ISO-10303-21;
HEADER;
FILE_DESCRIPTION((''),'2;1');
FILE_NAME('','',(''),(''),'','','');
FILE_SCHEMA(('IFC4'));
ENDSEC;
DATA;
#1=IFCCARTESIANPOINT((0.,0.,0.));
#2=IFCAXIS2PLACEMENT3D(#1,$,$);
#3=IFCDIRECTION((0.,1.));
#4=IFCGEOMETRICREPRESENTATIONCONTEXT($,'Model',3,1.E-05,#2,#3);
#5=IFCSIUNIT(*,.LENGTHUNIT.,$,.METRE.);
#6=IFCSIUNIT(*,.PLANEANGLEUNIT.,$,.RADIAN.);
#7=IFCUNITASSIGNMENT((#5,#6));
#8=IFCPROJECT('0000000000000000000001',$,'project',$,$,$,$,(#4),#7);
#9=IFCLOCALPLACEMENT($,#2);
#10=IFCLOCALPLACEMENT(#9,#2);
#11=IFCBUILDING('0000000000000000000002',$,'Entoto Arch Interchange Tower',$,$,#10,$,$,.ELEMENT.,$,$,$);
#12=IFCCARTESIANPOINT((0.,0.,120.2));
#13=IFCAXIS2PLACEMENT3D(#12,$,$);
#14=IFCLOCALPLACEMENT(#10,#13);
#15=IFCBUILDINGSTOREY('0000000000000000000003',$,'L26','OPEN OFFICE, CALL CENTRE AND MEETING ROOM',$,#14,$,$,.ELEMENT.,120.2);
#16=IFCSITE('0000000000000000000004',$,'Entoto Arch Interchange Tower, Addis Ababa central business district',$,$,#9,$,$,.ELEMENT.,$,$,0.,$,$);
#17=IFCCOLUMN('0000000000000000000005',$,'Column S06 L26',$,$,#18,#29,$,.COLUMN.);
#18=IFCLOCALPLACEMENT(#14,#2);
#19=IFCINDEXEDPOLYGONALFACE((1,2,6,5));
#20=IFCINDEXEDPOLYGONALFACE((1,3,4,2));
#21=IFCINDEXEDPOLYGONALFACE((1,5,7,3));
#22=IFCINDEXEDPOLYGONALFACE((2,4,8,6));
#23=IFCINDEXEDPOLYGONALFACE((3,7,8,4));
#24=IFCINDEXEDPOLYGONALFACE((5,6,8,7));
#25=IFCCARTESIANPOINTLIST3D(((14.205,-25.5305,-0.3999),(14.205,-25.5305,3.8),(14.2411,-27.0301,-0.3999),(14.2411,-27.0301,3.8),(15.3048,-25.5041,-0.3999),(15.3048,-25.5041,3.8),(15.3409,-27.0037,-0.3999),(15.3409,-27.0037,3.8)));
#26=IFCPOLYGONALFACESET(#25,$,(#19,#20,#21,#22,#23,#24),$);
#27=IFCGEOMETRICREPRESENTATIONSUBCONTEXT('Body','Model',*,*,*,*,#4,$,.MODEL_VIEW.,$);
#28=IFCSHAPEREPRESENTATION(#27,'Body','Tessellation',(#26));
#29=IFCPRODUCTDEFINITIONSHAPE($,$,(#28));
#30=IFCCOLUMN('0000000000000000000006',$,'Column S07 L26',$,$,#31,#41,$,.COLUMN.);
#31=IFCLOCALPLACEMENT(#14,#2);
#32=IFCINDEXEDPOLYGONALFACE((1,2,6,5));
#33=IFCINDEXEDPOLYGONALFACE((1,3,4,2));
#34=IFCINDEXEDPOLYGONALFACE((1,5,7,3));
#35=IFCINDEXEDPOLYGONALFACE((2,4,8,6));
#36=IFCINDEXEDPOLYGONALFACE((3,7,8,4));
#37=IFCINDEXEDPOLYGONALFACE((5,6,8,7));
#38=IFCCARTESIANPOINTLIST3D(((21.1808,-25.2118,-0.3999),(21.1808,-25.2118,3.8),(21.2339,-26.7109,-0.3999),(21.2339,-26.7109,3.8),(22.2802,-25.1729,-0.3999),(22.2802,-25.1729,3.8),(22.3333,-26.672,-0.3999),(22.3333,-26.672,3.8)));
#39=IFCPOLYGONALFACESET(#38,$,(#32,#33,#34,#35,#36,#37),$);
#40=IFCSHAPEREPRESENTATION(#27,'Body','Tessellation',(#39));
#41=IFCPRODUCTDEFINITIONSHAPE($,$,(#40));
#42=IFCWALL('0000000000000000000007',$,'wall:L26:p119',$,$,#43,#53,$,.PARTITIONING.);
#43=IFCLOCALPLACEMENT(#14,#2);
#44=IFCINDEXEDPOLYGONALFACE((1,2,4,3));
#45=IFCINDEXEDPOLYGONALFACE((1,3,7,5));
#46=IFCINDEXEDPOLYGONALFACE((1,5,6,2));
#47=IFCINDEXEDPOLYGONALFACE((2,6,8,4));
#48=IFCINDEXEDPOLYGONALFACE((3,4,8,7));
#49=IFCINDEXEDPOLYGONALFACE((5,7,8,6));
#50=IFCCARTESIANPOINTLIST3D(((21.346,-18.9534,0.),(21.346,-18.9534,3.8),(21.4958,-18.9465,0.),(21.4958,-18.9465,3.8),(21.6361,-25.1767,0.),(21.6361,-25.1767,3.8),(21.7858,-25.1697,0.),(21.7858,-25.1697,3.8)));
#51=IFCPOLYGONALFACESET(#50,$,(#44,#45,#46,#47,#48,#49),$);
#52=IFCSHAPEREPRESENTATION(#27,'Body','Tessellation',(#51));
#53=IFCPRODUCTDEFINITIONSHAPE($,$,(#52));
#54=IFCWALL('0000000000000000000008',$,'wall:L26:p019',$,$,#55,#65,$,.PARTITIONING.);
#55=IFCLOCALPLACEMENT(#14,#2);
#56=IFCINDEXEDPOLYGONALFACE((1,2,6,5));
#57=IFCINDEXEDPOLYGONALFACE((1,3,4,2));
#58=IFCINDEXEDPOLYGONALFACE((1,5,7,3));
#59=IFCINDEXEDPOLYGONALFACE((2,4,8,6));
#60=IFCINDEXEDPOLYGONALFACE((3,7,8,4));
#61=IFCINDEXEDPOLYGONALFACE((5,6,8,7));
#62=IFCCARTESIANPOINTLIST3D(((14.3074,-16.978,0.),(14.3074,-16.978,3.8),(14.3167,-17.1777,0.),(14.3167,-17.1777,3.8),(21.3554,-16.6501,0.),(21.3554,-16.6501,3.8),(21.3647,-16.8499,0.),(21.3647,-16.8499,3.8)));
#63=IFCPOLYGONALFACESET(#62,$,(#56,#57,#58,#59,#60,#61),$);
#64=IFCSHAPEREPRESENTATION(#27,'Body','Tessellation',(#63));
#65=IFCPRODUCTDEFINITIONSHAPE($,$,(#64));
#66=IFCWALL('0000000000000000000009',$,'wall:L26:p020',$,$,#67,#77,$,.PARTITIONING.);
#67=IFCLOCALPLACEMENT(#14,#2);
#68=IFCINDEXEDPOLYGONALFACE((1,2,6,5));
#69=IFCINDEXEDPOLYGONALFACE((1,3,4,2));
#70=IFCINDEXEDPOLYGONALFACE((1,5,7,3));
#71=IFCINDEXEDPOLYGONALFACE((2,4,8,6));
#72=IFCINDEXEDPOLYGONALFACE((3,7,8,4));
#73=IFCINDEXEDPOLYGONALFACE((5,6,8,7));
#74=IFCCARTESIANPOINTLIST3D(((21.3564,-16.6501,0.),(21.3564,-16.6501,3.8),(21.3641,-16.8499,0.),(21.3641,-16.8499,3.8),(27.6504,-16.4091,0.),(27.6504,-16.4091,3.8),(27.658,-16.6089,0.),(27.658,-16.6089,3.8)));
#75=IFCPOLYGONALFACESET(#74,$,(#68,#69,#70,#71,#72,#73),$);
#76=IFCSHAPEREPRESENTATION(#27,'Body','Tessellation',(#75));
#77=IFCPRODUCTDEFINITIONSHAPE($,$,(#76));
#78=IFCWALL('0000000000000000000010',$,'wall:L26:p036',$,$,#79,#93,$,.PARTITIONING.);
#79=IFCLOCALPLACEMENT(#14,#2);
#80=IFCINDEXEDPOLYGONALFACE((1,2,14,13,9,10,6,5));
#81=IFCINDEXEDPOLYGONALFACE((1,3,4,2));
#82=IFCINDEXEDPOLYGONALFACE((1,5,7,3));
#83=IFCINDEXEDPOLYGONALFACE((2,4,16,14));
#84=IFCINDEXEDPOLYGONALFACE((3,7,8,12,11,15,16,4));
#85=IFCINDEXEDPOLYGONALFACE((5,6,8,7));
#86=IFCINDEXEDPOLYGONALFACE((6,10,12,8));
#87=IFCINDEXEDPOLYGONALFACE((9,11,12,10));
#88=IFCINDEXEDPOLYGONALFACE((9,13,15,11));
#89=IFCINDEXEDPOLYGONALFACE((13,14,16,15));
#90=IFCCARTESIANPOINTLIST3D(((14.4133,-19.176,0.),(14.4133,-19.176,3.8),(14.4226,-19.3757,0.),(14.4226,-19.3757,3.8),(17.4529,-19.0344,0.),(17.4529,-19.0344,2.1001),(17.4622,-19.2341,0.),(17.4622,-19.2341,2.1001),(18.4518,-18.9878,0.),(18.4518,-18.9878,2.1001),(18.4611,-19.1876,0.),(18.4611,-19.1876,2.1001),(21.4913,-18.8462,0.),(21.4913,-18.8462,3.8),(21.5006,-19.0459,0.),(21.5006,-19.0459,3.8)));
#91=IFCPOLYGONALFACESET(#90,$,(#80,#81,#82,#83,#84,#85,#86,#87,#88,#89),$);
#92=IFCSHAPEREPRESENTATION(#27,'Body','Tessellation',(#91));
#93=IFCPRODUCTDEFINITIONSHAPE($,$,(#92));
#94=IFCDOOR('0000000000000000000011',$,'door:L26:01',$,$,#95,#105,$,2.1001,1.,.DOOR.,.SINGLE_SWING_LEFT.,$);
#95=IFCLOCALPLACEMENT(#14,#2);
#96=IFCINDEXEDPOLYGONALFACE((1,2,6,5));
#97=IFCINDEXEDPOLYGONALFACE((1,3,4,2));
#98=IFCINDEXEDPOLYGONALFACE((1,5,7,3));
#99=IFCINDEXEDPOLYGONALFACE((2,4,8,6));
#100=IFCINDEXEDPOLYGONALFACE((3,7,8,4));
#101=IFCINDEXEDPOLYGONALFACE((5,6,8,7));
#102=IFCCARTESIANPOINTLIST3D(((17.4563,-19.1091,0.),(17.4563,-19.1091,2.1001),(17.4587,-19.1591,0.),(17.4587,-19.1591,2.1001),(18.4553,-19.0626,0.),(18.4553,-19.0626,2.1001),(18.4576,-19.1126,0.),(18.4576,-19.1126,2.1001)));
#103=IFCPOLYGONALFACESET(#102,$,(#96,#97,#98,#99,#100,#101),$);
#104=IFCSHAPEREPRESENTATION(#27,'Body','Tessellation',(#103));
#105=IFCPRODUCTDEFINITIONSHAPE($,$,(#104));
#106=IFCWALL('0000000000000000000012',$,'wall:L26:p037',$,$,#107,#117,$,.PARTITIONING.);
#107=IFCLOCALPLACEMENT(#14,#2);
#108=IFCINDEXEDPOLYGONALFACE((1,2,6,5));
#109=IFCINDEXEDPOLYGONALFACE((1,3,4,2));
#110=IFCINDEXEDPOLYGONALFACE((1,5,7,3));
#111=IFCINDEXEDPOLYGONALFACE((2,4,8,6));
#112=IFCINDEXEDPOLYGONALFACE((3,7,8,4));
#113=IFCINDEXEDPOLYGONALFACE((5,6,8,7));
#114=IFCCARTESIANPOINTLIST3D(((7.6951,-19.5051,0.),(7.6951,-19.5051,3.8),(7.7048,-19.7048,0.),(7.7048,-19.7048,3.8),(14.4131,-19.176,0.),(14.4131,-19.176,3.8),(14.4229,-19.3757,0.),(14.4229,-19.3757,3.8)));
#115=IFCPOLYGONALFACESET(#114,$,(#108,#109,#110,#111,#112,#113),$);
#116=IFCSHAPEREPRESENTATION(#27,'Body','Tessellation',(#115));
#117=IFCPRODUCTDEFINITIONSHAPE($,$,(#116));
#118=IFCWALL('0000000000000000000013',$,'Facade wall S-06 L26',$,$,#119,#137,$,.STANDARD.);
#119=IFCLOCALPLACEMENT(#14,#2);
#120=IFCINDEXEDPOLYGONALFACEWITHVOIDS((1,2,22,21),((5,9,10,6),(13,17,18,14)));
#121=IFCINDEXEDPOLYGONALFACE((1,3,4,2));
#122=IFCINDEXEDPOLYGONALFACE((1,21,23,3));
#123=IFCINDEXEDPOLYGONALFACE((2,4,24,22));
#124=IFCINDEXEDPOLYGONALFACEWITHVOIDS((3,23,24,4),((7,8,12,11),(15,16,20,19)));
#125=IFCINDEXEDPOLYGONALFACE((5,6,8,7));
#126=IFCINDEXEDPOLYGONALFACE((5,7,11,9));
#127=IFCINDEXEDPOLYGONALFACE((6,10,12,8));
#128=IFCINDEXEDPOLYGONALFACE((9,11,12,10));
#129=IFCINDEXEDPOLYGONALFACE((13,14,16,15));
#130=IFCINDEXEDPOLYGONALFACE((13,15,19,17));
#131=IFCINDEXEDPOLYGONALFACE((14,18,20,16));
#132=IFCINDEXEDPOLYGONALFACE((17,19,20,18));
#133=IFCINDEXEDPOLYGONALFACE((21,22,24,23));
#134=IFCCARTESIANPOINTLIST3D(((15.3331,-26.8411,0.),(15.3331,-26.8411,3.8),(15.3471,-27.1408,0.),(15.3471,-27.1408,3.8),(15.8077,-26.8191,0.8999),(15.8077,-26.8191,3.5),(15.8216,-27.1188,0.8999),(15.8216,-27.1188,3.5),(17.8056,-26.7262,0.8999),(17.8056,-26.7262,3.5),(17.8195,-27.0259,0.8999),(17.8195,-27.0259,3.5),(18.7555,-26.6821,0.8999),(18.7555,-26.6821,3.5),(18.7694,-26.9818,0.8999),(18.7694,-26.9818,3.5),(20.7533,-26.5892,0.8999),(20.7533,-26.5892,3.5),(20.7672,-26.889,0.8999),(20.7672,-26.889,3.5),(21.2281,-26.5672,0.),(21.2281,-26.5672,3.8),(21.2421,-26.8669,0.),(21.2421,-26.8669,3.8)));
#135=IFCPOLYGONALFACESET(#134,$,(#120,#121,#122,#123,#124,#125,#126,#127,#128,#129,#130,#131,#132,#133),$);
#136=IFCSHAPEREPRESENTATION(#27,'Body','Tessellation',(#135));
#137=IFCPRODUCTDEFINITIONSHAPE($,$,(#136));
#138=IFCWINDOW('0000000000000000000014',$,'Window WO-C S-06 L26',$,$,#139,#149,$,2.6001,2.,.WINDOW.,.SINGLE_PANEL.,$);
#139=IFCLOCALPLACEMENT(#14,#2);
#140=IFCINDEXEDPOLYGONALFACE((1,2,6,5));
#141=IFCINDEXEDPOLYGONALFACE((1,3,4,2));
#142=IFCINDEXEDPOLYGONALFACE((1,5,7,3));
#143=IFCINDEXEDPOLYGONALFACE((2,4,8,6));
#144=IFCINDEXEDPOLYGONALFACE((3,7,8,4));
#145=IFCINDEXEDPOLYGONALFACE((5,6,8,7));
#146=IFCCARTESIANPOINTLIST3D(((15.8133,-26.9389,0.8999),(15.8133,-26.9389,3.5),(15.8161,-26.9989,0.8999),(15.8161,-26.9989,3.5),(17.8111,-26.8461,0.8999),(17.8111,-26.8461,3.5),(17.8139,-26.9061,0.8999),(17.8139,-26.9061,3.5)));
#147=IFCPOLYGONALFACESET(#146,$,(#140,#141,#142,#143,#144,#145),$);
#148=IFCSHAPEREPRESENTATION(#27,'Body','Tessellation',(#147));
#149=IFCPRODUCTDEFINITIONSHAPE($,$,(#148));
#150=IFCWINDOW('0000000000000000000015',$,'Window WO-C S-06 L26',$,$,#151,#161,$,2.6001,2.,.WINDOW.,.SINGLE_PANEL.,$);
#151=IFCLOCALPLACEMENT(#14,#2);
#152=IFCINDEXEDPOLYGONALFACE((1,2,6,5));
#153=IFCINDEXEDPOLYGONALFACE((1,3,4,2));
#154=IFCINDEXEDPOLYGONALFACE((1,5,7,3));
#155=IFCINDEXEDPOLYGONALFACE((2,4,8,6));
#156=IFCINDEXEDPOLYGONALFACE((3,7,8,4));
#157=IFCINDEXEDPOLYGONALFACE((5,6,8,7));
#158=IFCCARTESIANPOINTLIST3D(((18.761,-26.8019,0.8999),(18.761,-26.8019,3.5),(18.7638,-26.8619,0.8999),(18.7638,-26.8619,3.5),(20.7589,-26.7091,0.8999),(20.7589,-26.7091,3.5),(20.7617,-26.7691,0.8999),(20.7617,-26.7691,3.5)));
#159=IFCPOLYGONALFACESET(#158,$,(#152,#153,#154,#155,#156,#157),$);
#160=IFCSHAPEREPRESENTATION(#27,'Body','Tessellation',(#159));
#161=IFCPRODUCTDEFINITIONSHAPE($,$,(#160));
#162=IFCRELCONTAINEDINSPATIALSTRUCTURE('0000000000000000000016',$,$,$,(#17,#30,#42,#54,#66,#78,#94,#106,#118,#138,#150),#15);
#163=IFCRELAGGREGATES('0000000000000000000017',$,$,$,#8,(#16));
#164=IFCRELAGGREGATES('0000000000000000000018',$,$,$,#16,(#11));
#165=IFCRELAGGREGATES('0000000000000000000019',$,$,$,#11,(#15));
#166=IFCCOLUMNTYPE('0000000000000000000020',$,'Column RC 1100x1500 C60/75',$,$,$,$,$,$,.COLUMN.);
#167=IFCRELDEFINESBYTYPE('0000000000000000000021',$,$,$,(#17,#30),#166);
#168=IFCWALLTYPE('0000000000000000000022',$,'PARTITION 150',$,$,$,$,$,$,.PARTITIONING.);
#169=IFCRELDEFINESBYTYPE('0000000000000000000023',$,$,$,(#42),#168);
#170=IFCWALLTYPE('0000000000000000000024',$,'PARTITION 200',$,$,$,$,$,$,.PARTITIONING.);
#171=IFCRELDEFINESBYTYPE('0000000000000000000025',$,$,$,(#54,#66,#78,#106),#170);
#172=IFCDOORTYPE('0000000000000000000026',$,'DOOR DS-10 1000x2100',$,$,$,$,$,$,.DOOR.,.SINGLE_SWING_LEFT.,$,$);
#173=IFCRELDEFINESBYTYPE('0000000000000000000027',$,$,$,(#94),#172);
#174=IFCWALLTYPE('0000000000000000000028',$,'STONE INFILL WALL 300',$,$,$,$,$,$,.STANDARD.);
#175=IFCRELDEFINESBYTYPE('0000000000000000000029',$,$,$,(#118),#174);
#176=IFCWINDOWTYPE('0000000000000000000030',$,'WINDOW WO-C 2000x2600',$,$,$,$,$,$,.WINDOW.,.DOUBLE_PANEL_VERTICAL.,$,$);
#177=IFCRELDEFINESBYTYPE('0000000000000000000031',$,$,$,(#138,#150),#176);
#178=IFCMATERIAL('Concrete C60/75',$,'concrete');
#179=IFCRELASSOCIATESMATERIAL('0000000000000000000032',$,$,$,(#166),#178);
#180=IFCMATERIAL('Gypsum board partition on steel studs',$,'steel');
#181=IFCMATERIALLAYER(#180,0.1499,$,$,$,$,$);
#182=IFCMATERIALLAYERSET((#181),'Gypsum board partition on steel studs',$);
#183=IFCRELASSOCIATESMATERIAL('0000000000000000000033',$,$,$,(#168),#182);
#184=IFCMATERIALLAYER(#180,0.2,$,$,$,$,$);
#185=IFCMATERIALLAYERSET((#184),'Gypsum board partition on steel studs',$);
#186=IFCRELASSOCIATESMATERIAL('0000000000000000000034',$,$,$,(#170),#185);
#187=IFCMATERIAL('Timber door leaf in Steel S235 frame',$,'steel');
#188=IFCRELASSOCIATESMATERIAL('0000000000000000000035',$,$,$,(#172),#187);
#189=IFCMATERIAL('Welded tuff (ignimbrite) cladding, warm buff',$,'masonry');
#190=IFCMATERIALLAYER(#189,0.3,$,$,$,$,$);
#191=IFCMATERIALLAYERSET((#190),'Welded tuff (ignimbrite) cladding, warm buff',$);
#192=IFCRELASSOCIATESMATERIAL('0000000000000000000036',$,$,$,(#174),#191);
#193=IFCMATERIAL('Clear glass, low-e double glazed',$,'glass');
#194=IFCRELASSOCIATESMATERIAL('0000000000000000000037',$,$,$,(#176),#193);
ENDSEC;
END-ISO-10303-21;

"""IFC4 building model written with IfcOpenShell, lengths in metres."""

from ifc_helpers import new_model, si_unit, direction, frame, frame_2d, origin, origin_2d, place, context, subcontext, project, spatial, rectangle, extrude, material, layer, layer_set, material_profile, profile_set, type_object, element, fill, save


model = new_model("IFC4")

# Units and contexts
model_context = context("Model", 3, precision=1e-05, world=origin(), true_north=direction((0.0, 1.0)))
body_context = subcontext(model_context, "Body", "Model", "MODEL_VIEW")
ifc_project = project(units=[si_unit("LENGTHUNIT", "METRE"), si_unit("PLANEANGLEUNIT", "RADIAN")], contexts=[model_context])

# Site, building, storey
site_placement = place(None, origin())
site = spatial("IfcSite", under=ifc_project, at=site_placement, Name="Entoto Arch Interchange Tower, Addis Ababa central business district", CompositionType="ELEMENT", RefElevation=0.0)
building_placement = place(site_placement, origin())
building = spatial("IfcBuilding", under=site, at=building_placement, Name="Entoto Arch Interchange Tower", CompositionType="ELEMENT")
storey_placement = place(building_placement, frame((0.0, 0.0, 120.2)))
storey = spatial("IfcBuildingStorey", under=building, at=storey_placement, Name="L26", Description="OPEN OFFICE, CALL CENTRE AND MEETING ROOM", CompositionType="ELEMENT", Elevation=120.2)

# Columns
ifc_material_1 = material(Name="Concrete C60/75", Category="concrete")
ifc_material_profile_1 = material_profile(ifc_material_1, rectangle(XDim=1.1001, YDim=1.5, at=origin_2d()))
ifc_profile_set_1 = profile_set([ifc_material_profile_1], Name="Concrete C60/75")
column_type = type_object("IfcColumnType", Name="Column RC 1100x1500 C60/75", PredefinedType="COLUMN", material=ifc_profile_set_1)
for number, where, z_axis, x_axis, name in (
    (1, (14.7729, -26.2671, -0.3999), (0.0, 0.0, 1.0), (0.999711, 0.024031, 0.0), "Column S06 L26"),
    (2, (21.7571, -25.9419, -0.3999), (0.0, 0.0, 1.0), (0.999374, 0.035388, 0.0), "Column S07 L26"),
):
    element("IfcColumn", number, at=place(storey_placement, frame(where, z_axis=z_axis, x_axis=x_axis)), inside=storey, type_object=column_type, Name=name, PredefinedType="COLUMN", context=body_context, shape_type="SweptSolid", body=[
        extrude(rectangle(XDim=1.1001, YDim=1.5, at=origin_2d()), origin(), (0.0, 0.0, 1.0), 4.2),
    ])

# Walls
ifc_material_2 = material(Name="Gypsum board partition on steel studs", Category="steel")
ifc_layer_1 = layer(ifc_material_2, 0.1499)
ifc_layer_set_1 = layer_set([ifc_layer_1], Name="Gypsum board partition on steel studs")
wall_type_1 = type_object("IfcWallType", Name="PARTITION 150", PredefinedType="PARTITIONING", material=ifc_layer_set_1)
wall_1_placement = place(storey_placement, frame((21.4209, -18.95, 0.0), z_axis=(0.0, 0.0, 1.0), x_axis=(0.046556, -0.998916, 0.0)))
element("IfcWall", 3, at=wall_1_placement, inside=storey, type_object=wall_type_1, Name="wall:L26:p119", PredefinedType="PARTITIONING", context=body_context, shape_type="SweptSolid", body=[
    extrude(rectangle(XDim=6.23, YDim=0.1499, at=frame_2d((3.115, 0.0))), origin(), (0.0, 0.0, 1.0), 3.8),
])
ifc_layer_2 = layer(ifc_material_2, 0.2)
ifc_layer_set_2 = layer_set([ifc_layer_2], Name="Gypsum board partition on steel studs")
wall_type_2 = type_object("IfcWallType", Name="PARTITION 200", PredefinedType="PARTITIONING", material=ifc_layer_set_2)
wall_2_placement = place(storey_placement, frame((14.312, -17.0779, 0.0), z_axis=(0.0, 0.0, 1.0), x_axis=(0.99892, 0.04647, 0.0)))
element("IfcWall", 4, at=wall_2_placement, inside=storey, type_object=wall_type_2, Name="wall:L26:p019", PredefinedType="PARTITIONING", context=body_context, shape_type="SweptSolid", body=[
    extrude(rectangle(XDim=7.0557, YDim=0.2, at=frame_2d((3.5278, 0.0))), origin(), (0.0, 0.0, 1.0), 3.8),
])
wall_3_placement = place(storey_placement, frame((21.3601, -16.75, 0.0), z_axis=(0.0, 0.0, 1.0), x_axis=(0.999268, 0.038257, 0.0)))
element("IfcWall", 5, at=wall_3_placement, inside=storey, type_object=wall_type_2, Name="wall:L26:p020", PredefinedType="PARTITIONING", context=body_context, shape_type="SweptSolid", body=[
    extrude(rectangle(XDim=6.2986, YDim=0.2, at=frame_2d((3.1494, 0.0))), origin(), (0.0, 0.0, 1.0), 3.8),
])

# Wall, opening, door
wall_4_placement = place(storey_placement, frame((21.4961, -18.946, 0.0), z_axis=(0.0, 0.0, 1.0), x_axis=(-0.998916, -0.046549, 0.0)))
wall_4 = element("IfcWall", 6, at=wall_4_placement, inside=storey, type_object=wall_type_2, Name="wall:L26:p036", PredefinedType="PARTITIONING", context=body_context, shape_type="SweptSolid", body=[
    extrude(rectangle(XDim=7.0857, YDim=0.2, at=frame_2d((3.543, 0.0))), origin(), (0.0, 0.0, 1.0), 3.8),
])
opening_1_placement = place(wall_4_placement, frame((3.043, 0.0, 0.0)))
opening_1 = element("IfcOpeningElement", 7, at=opening_1_placement, cuts=wall_4, PredefinedType="OPENING", context=body_context, shape_type="SweptSolid", body=[
    extrude(rectangle(XDim=1.0, YDim=2.1001, at=frame_2d((0.5, 1.05))), frame((0.0, 0.1099, 0.0), z_axis=(0.0, -1.0, 0.0), x_axis=(1.0, 0.0, 0.0)), (0.0, 0.0, 1.0), 0.22),
])
ifc_material_3 = material(Name="Timber door leaf in Steel S235 frame", Category="steel")
door_type = type_object("IfcDoorType", Name="DOOR DS-10 1000x2100", OperationType="SINGLE_SWING_LEFT", PredefinedType="DOOR", material=ifc_material_3)
door_placement = place(opening_1_placement, origin())
door = element("IfcDoor", 8, at=door_placement, inside=storey, type_object=door_type, Name="door:L26:01", OperationType="SINGLE_SWING_LEFT", OverallHeight=2.1001, OverallWidth=1.0, PredefinedType="DOOR", context=body_context, shape_type="SweptSolid", body=[
    extrude(rectangle(XDim=1.0, YDim=2.1001, at=frame_2d((0.5, 1.05))), frame((0.0, 0.0249, 0.0), z_axis=(0.0, -1.0, 0.0), x_axis=(1.0, 0.0, 0.0)), (0.0, 0.0, 1.0), 0.05),
])
fill(opening_1, door)

# Wall
wall_5_placement = place(storey_placement, frame((14.418, -19.2759, 0.0), z_axis=(0.0, 0.0, 1.0), x_axis=(-0.998802, -0.048929, 0.0)))
element("IfcWall", 9, at=wall_5_placement, inside=storey, type_object=wall_type_2, Name="wall:L26:p037", PredefinedType="PARTITIONING", context=body_context, shape_type="SweptSolid", body=[
    extrude(rectangle(XDim=6.7261, YDim=0.2, at=frame_2d((3.363, 0.0))), origin(), (0.0, 0.0, 1.0), 3.8),
])

# Wall, openings, windows
ifc_material_4 = material(Name="Welded tuff (ignimbrite) cladding, warm buff", Category="masonry")
ifc_layer_3 = layer(ifc_material_4, 0.3)
ifc_layer_set_3 = layer_set([ifc_layer_3], Name="Welded tuff (ignimbrite) cladding, warm buff")
wall_type_3 = type_object("IfcWallType", Name="STONE INFILL WALL 300", PredefinedType="STANDARD", material=ifc_layer_set_3)
wall_6_placement = place(storey_placement, frame((15.3401, -26.991, 0.0), z_axis=(0.0, 0.0, 1.0), x_axis=(0.998922, 0.046417, 0.0)))
wall_6 = element("IfcWall", 10, at=wall_6_placement, inside=storey, type_object=wall_type_3, Name="Facade wall S-06 L26", PredefinedType="STANDARD", context=body_context, shape_type="SweptSolid", body=[
    extrude(rectangle(XDim=5.9014, YDim=0.3, at=frame_2d((2.9507, 0.0))), origin(), (0.0, 0.0, 1.0), 3.8),
])
opening_2_placement = place(wall_6_placement, frame((0.4751, 0.0, 0.8999)))
opening_2 = element("IfcOpeningElement", 11, at=opening_2_placement, cuts=wall_6, PredefinedType="OPENING", context=body_context, shape_type="SweptSolid", body=[
    extrude(rectangle(XDim=2.0, YDim=2.6001, at=frame_2d((1.0, 1.3))), frame((0.0, 0.1602, 0.0), z_axis=(0.0, -1.0, 0.0), x_axis=(1.0, 0.0, 0.0)), (0.0, 0.0, 1.0), 0.3201),
])
opening_3_placement = place(wall_6_placement, frame((3.426, 0.0, 0.8999)))
opening_3 = element("IfcOpeningElement", 12, at=opening_3_placement, cuts=wall_6, PredefinedType="OPENING", context=body_context, shape_type="SweptSolid", body=[
    extrude(rectangle(XDim=2.0, YDim=2.6001, at=frame_2d((1.0, 1.3))), frame((0.0, 0.1602, 0.0), z_axis=(0.0, -1.0, 0.0), x_axis=(1.0, 0.0, 0.0)), (0.0, 0.0, 1.0), 0.3201),
])
ifc_material_5 = material(Name="Clear glass, low-e double glazed", Category="glass")
window_type = type_object("IfcWindowType", Name="WINDOW WO-C 2000x2600", PartitioningType="DOUBLE_PANEL_VERTICAL", PredefinedType="WINDOW", material=ifc_material_5)
window_1_placement = place(opening_2_placement, origin())
window_1 = element("IfcWindow", 13, at=window_1_placement, inside=storey, type_object=window_type, Name="Window WO-C S-06 L26", OverallHeight=2.6001, OverallWidth=2.0, PartitioningType="SINGLE_PANEL", PredefinedType="WINDOW", context=body_context, shape_type="SweptSolid", body=[
    extrude(rectangle(XDim=2.0, YDim=2.6001, at=frame_2d((1.0, 1.3))), frame((0.0, 0.03, 0.0), z_axis=(0.0, -1.0, 0.0), x_axis=(1.0, 0.0, 0.0)), (0.0, 0.0, 1.0), 0.0601),
])
fill(opening_2, window_1)
window_2_placement = place(opening_3_placement, origin())
window_2 = element("IfcWindow", 14, at=window_2_placement, inside=storey, type_object=window_type, Name="Window WO-C S-06 L26", OverallHeight=2.6001, OverallWidth=2.0, PartitioningType="SINGLE_PANEL", PredefinedType="WINDOW", context=body_context, shape_type="SweptSolid", body=[
    extrude(rectangle(XDim=2.0, YDim=2.6001, at=frame_2d((1.0, 1.3))), frame((0.0, 0.03, 0.0), z_axis=(0.0, -1.0, 0.0), x_axis=(1.0, 0.0, 0.0)), (0.0, 0.0, 1.0), 0.0601),
])
fill(opening_3, window_2)

save(model, "model.ifc")
